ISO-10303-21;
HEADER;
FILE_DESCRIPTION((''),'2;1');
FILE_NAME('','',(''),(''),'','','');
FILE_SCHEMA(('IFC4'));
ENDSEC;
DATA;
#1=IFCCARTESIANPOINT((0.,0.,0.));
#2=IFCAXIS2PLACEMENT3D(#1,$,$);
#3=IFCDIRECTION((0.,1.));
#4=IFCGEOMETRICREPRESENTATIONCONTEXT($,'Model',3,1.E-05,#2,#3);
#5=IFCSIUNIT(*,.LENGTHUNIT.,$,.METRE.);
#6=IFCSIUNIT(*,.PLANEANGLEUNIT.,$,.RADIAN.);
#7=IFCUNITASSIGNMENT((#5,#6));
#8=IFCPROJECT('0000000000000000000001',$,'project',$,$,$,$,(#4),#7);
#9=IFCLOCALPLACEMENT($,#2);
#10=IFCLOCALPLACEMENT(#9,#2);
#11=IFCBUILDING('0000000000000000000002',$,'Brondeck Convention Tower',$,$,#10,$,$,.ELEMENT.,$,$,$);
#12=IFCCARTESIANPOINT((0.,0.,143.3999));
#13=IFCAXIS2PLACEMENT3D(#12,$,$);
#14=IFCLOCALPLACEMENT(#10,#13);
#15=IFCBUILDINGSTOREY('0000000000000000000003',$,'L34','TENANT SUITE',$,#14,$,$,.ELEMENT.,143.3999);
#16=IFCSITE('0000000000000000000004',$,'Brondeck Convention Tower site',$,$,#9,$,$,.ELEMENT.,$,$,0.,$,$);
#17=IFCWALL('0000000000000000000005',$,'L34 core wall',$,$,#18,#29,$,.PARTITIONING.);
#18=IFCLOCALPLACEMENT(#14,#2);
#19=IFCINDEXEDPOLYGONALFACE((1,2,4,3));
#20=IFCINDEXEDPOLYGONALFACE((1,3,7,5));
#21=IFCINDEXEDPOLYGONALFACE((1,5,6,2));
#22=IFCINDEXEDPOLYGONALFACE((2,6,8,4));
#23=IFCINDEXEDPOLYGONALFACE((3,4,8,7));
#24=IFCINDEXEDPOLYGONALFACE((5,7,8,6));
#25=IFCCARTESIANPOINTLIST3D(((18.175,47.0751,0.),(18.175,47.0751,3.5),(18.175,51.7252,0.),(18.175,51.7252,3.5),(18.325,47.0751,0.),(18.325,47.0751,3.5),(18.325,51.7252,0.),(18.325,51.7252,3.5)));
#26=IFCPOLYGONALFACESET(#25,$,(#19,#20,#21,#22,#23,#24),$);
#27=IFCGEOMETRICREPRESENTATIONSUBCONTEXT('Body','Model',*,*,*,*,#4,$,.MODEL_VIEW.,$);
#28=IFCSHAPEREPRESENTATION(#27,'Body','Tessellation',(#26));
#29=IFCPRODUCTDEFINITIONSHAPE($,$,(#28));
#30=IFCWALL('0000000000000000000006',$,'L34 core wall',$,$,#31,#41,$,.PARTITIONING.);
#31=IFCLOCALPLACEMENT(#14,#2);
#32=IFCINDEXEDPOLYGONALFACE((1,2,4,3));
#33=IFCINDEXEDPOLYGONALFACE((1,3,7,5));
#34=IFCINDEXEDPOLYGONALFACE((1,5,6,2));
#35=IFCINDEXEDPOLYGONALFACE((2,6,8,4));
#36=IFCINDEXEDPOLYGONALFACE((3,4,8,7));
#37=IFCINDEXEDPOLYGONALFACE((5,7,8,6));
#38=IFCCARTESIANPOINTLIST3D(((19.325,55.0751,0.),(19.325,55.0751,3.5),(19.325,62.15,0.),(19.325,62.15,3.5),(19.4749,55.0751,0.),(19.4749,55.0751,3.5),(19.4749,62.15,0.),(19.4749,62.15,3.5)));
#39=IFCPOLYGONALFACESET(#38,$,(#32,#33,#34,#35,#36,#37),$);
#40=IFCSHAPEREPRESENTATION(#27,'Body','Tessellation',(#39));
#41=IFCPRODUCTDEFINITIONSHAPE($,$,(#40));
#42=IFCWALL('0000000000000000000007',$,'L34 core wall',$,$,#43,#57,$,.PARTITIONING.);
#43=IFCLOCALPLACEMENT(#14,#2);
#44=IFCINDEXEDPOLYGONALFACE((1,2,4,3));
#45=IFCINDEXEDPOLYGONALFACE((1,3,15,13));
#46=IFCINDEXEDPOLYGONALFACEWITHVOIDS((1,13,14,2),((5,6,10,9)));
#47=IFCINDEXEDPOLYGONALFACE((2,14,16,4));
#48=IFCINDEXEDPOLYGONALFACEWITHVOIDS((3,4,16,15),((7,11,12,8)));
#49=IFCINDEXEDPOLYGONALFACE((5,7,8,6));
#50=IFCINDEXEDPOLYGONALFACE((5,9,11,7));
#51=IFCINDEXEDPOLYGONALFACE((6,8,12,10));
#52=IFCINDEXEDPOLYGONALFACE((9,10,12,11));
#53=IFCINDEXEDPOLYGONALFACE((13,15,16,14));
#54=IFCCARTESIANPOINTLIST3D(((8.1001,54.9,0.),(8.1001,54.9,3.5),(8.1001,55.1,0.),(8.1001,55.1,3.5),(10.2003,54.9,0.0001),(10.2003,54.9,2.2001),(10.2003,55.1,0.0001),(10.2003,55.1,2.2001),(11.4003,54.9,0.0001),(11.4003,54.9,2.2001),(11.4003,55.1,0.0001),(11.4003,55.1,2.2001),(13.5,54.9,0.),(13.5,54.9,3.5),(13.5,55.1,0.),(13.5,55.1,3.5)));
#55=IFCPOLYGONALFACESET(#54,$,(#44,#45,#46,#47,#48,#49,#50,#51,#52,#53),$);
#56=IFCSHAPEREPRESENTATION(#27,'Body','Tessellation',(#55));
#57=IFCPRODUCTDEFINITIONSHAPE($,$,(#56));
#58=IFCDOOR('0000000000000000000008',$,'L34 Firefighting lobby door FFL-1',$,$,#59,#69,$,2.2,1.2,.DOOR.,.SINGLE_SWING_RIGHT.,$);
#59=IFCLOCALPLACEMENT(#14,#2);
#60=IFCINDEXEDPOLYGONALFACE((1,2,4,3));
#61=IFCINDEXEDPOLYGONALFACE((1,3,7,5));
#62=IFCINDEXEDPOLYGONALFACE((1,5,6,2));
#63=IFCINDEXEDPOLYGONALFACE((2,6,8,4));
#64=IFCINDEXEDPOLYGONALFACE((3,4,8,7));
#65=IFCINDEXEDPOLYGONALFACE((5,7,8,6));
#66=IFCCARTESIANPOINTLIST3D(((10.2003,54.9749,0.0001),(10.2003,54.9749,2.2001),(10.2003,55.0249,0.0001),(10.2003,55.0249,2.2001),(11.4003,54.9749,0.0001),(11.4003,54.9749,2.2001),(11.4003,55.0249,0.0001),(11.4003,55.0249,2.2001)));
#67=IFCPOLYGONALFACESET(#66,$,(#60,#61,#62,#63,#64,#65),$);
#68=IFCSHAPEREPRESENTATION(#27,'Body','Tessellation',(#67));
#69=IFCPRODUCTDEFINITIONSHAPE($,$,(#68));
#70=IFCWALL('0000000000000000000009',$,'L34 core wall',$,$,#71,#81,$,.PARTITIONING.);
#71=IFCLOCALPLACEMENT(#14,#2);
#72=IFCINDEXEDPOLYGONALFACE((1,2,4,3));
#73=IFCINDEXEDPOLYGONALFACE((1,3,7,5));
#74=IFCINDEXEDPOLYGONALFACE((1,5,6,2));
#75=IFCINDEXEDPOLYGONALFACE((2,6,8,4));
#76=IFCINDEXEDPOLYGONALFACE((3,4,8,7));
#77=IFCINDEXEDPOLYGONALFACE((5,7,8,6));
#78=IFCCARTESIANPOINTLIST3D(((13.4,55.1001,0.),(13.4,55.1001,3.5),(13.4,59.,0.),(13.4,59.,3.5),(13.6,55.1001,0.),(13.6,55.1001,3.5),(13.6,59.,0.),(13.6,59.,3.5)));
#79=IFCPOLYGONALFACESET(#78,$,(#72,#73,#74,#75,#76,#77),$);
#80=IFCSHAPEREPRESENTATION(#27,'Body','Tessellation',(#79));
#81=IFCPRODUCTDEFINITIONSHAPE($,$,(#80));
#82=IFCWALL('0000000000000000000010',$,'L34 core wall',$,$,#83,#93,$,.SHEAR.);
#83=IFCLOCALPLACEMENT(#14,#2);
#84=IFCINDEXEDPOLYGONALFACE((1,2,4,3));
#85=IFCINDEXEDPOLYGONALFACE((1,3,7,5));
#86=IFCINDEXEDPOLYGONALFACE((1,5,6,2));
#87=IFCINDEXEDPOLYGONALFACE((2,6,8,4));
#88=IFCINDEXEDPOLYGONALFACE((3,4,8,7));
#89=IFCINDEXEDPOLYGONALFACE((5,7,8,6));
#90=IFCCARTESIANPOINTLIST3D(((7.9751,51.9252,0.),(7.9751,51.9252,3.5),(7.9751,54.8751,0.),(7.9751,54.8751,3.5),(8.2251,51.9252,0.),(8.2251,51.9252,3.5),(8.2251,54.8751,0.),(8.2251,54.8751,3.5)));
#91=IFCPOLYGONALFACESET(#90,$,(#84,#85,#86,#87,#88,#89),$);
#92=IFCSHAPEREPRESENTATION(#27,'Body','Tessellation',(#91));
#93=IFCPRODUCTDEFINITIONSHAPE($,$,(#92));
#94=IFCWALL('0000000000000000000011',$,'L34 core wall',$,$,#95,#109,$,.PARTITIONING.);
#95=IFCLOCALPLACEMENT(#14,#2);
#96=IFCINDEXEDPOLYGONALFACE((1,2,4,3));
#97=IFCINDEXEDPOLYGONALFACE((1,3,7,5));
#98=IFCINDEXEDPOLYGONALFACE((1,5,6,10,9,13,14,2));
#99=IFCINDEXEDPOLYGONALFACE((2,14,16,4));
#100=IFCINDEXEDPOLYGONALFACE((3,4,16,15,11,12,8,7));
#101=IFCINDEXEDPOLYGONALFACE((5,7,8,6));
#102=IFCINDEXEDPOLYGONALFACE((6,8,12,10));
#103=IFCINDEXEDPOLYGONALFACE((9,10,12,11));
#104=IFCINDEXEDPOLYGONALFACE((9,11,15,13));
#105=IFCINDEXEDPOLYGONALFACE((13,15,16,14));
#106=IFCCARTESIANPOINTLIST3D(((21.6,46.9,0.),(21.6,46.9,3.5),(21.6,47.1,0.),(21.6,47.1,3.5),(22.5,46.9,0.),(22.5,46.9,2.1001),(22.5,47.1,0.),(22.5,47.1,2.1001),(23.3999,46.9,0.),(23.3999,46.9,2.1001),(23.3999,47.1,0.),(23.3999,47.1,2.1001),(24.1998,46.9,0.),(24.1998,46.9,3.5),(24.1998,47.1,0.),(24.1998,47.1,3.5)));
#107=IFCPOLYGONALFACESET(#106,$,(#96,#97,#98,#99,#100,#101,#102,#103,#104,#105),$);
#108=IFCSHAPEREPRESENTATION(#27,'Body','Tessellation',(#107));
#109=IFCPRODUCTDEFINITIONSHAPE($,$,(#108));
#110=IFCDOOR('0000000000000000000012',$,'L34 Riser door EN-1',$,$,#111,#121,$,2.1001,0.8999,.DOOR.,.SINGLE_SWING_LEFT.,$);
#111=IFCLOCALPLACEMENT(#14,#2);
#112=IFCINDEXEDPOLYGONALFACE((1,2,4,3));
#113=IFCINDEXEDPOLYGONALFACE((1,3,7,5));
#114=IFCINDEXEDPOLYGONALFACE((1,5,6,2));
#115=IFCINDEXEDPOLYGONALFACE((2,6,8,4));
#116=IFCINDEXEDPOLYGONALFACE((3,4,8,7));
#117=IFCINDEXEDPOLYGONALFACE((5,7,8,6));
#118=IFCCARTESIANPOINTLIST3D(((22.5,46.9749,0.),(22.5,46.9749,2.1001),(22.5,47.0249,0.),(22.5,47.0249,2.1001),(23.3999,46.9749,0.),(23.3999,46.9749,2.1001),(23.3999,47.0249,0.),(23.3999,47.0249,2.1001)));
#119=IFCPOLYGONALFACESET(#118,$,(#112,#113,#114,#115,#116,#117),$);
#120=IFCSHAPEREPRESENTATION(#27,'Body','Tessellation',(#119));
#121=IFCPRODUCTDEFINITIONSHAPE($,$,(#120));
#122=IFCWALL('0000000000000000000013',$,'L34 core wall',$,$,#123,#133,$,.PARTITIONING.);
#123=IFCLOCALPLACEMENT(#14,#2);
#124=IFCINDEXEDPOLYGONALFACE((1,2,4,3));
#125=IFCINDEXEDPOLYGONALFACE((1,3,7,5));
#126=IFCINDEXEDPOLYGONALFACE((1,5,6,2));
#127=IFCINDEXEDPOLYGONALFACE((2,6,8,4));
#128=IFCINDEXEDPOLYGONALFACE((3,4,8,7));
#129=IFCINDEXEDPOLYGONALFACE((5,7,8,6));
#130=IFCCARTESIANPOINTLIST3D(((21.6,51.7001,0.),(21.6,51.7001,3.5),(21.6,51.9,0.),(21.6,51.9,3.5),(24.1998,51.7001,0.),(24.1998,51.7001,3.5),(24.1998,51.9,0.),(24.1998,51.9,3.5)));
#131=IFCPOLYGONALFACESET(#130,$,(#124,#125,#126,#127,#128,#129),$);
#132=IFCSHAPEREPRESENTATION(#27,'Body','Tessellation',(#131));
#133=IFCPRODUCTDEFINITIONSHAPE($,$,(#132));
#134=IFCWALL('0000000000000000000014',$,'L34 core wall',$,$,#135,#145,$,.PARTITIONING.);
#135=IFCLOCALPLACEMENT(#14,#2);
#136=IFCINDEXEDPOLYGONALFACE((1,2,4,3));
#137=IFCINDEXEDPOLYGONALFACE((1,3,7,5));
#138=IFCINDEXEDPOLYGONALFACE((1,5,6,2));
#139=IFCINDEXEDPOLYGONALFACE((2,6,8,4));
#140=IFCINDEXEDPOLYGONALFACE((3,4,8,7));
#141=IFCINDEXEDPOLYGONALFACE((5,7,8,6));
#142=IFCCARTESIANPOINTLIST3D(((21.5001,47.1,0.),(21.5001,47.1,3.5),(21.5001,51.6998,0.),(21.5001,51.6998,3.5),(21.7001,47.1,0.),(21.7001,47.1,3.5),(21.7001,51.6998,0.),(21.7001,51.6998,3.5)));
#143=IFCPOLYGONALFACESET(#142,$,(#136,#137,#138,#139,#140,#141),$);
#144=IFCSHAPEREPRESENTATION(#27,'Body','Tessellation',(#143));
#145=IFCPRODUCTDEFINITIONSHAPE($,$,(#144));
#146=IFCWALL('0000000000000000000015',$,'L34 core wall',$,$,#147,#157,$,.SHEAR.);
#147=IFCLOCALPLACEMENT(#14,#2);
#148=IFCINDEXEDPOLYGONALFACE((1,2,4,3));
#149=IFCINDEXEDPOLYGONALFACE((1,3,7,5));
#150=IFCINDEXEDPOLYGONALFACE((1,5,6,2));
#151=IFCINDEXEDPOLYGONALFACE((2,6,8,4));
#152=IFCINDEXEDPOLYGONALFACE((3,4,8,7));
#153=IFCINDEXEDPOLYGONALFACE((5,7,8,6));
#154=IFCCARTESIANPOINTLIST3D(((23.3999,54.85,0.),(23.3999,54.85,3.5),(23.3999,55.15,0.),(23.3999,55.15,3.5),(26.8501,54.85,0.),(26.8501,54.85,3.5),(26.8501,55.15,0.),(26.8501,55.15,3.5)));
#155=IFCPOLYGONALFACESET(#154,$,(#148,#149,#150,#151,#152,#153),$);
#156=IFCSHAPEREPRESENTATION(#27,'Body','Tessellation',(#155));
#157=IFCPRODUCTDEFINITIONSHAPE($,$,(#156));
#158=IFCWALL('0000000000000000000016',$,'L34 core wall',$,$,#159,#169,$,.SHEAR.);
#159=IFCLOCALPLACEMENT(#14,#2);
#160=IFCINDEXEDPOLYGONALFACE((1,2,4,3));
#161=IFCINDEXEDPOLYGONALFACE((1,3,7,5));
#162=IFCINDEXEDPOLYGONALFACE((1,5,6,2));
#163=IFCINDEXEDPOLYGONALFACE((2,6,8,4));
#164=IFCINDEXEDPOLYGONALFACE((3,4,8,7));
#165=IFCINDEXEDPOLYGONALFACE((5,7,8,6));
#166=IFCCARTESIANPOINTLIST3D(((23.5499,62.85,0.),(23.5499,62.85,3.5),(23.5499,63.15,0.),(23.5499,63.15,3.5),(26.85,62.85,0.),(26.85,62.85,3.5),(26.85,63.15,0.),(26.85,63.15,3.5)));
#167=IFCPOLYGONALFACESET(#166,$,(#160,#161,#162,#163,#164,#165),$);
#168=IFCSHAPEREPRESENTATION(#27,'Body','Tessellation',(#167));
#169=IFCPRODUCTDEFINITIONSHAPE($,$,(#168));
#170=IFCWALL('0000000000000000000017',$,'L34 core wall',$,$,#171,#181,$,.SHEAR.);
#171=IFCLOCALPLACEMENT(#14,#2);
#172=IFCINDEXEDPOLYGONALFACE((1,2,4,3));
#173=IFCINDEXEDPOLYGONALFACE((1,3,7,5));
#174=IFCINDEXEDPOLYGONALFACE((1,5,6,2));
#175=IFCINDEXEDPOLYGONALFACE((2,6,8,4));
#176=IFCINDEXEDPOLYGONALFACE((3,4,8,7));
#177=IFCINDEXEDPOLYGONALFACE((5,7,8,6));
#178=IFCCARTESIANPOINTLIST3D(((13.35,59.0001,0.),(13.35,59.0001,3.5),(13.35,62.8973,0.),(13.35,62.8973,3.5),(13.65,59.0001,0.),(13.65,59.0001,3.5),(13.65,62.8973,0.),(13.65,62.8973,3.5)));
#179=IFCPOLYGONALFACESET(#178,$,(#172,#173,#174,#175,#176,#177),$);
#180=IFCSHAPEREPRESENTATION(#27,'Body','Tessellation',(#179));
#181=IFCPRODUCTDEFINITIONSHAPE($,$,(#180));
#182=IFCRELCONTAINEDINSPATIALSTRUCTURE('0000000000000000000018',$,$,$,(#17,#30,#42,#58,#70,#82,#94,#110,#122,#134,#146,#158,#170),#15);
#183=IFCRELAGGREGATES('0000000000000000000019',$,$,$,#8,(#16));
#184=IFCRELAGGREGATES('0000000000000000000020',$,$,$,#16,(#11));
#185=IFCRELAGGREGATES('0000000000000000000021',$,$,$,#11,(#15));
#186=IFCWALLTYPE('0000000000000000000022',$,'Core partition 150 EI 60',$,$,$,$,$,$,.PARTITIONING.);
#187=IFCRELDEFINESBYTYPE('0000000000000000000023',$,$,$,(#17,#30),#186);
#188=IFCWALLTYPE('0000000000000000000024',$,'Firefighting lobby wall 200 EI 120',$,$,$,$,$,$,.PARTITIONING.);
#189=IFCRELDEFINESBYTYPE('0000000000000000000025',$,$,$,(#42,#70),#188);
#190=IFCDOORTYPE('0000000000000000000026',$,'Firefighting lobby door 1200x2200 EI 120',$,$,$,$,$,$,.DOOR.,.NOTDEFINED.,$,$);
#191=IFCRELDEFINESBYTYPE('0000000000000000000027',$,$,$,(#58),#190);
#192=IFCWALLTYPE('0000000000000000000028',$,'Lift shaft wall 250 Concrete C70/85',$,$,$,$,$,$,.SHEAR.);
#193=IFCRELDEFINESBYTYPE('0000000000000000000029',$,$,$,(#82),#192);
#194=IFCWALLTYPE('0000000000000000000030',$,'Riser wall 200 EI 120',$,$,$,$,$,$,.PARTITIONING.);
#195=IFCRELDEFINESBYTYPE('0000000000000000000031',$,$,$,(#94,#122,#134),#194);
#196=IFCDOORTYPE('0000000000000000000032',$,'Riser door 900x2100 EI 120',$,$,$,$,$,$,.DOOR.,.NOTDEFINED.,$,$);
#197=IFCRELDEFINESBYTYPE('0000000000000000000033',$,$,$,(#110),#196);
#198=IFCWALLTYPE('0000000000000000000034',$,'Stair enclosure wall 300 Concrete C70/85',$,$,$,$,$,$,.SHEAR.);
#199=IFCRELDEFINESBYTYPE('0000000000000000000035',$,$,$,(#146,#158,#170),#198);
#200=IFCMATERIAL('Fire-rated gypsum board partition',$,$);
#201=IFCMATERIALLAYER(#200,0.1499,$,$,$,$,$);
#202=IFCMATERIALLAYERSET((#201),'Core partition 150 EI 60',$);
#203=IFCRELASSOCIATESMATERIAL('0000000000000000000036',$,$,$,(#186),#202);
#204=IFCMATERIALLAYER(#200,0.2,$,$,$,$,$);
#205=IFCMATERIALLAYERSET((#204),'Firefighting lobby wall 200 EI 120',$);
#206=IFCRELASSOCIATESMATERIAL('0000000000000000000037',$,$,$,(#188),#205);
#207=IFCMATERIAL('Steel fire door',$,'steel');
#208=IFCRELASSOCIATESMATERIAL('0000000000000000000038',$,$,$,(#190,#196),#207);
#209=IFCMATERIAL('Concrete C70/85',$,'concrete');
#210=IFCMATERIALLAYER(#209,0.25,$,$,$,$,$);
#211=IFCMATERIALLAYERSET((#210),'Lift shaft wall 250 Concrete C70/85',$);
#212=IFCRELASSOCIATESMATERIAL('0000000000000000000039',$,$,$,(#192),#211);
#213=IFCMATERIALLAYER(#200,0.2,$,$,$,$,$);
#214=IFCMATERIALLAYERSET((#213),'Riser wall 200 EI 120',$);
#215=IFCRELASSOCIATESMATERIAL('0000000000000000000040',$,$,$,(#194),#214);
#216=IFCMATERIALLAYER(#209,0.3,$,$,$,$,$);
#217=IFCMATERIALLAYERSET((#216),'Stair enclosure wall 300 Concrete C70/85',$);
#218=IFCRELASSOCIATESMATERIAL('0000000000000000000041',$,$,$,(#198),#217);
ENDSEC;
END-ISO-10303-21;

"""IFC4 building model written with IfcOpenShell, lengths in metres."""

from ifc_helpers import new_model, si_unit, direction, frame, frame_2d, origin, place, context, subcontext, project, spatial, rectangle, extrude, material, layer, layer_set, type_object, element, fill, save


model = new_model("IFC4")

# Units and contexts
model_context = context("Model", 3, precision=1e-05, world=origin(), true_north=direction((0.0, 1.0)))
body_context = subcontext(model_context, "Body", "Model", "MODEL_VIEW")
ifc_project = project(units=[si_unit("LENGTHUNIT", "METRE"), si_unit("PLANEANGLEUNIT", "RADIAN")], contexts=[model_context])

# Site, building, storey
site_placement = place(None, origin())
site = spatial("IfcSite", under=ifc_project, at=site_placement, Name="Brondeck Convention Tower site", CompositionType="ELEMENT", RefElevation=0.0)
building_placement = place(site_placement, origin())
building = spatial("IfcBuilding", under=site, at=building_placement, Name="Brondeck Convention Tower", CompositionType="ELEMENT")
storey_placement = place(building_placement, frame((0.0, 0.0, 143.3999)))
storey = spatial("IfcBuildingStorey", under=building, at=storey_placement, Name="L34", Description="TENANT SUITE", CompositionType="ELEMENT", Elevation=143.3999)

# Shared definitions
ifc_material_1 = material(Name="Concrete C70/85", Category="concrete")

# Shared definitions
ifc_material_2 = material(Name="Fire-rated gypsum board partition")
ifc_layer_1 = layer(ifc_material_2, 0.1499)
ifc_layer_set_1 = layer_set([ifc_layer_1], Name="Core partition 150 EI 60")
wall_type_1 = type_object("IfcWallType", Name="Core partition 150 EI 60", PredefinedType="PARTITIONING", material=ifc_layer_set_1)

# Shared definitions
ifc_material_3 = material(Name="Steel fire door", Category="steel")

# Walls
wall_1_placement = place(storey_placement, frame((18.25, 47.075, 0.0), z_axis=(0.0, 0.0, 1.0), x_axis=(0.0, 1.0, 0.0)))
element("IfcWall", 1, at=wall_1_placement, inside=storey, type_object=wall_type_1, Name="L34 core wall", PredefinedType="PARTITIONING", context=body_context, shape_type="SweptSolid", body=[
    extrude(rectangle(XDim=4.6501, YDim=0.1499, at=frame_2d((2.3252, 0.0))), origin(), (0.0, 0.0, 1.0), 3.5),
])
wall_2_placement = place(storey_placement, frame((19.3999, 55.075, 0.0), z_axis=(0.0, 0.0, 1.0), x_axis=(0.0, 1.0, 0.0)))
element("IfcWall", 2, at=wall_2_placement, inside=storey, type_object=wall_type_1, Name="L34 core wall", PredefinedType="PARTITIONING", context=body_context, shape_type="SweptSolid", body=[
    extrude(rectangle(XDim=7.075, YDim=0.1499, at=frame_2d((3.5376, 0.0))), origin(), (0.0, 0.0, 1.0), 3.5),
])

# Wall, opening, door
ifc_layer_2 = layer(ifc_material_2, 0.2)
ifc_layer_set_2 = layer_set([ifc_layer_2], Name="Firefighting lobby wall 200 EI 120")
wall_type_2 = type_object("IfcWallType", Name="Firefighting lobby wall 200 EI 120", PredefinedType="PARTITIONING", material=ifc_layer_set_2)
wall_3_placement = place(storey_placement, frame((8.1001, 55.0, 0.0), z_axis=(0.0, 0.0, 1.0), x_axis=(1.0, 0.0, 0.0)))
wall_3 = element("IfcWall", 3, at=wall_3_placement, inside=storey, type_object=wall_type_2, Name="L34 core wall", PredefinedType="PARTITIONING", context=body_context, shape_type="SweptSolid", body=[
    extrude(rectangle(XDim=5.3999, YDim=0.2, at=frame_2d((2.7, 0.0))), origin(), (0.0, 0.0, 1.0), 3.5),
])
opening_1_placement = place(wall_3_placement, frame((2.1001, 0.0, 0.0)))
opening_1 = element("IfcOpeningElement", 4, at=opening_1_placement, cuts=wall_3, PredefinedType="OPENING", context=body_context, shape_type="SweptSolid", body=[
    extrude(rectangle(XDim=1.2, YDim=2.2, at=frame_2d((0.6001, 1.1001))), frame((0.0, 0.1099, 0.0), z_axis=(0.0, -1.0, 0.0), x_axis=(1.0, 0.0, 0.0)), (0.0, 0.0, 1.0), 0.22),
])
door_type_1 = type_object("IfcDoorType", Name="Firefighting lobby door 1200x2200 EI 120", OperationType="NOTDEFINED", PredefinedType="DOOR", material=ifc_material_3)
door_1_placement = place(opening_1_placement, origin())
door_1 = element("IfcDoor", 5, at=door_1_placement, inside=storey, type_object=door_type_1, Name="L34 Firefighting lobby door FFL-1", OperationType="SINGLE_SWING_RIGHT", OverallHeight=2.2, OverallWidth=1.2, PredefinedType="DOOR", context=body_context, shape_type="SweptSolid", body=[
    extrude(rectangle(XDim=1.2, YDim=2.2, at=frame_2d((0.6001, 1.1001))), frame((0.0, 0.0249, 0.0), z_axis=(0.0, -1.0, 0.0), x_axis=(1.0, 0.0, 0.0)), (0.0, 0.0, 1.0), 0.05),
])
fill(opening_1, door_1)

# Walls
wall_4_placement = place(storey_placement, frame((13.5, 55.1001, 0.0), z_axis=(0.0, 0.0, 1.0), x_axis=(0.0, 1.0, 0.0)))
element("IfcWall", 6, at=wall_4_placement, inside=storey, type_object=wall_type_2, Name="L34 core wall", PredefinedType="PARTITIONING", context=body_context, shape_type="SweptSolid", body=[
    extrude(rectangle(XDim=3.8999, YDim=0.2, at=frame_2d((1.95, 0.0))), origin(), (0.0, 0.0, 1.0), 3.5),
])
ifc_layer_3 = layer(ifc_material_1, 0.25)
ifc_layer_set_3 = layer_set([ifc_layer_3], Name="Lift shaft wall 250 Concrete C70/85")
wall_type_3 = type_object("IfcWallType", Name="Lift shaft wall 250 Concrete C70/85", PredefinedType="SHEAR", material=ifc_layer_set_3)
wall_5_placement = place(storey_placement, frame((8.1001, 51.925, 0.0), z_axis=(0.0, 0.0, 1.0), x_axis=(0.0, 1.0, 0.0)))
element("IfcWall", 7, at=wall_5_placement, inside=storey, type_object=wall_type_3, Name="L34 core wall", PredefinedType="SHEAR", context=body_context, shape_type="SweptSolid", body=[
    extrude(rectangle(XDim=2.95, YDim=0.25, at=frame_2d((1.4751, 0.0))), origin(), (0.0, 0.0, 1.0), 3.5),
])

# Wall, opening, door
ifc_layer_4 = layer(ifc_material_2, 0.2)
ifc_layer_set_4 = layer_set([ifc_layer_4], Name="Riser wall 200 EI 120")
wall_type_4 = type_object("IfcWallType", Name="Riser wall 200 EI 120", PredefinedType="PARTITIONING", material=ifc_layer_set_4)
wall_6_placement = place(storey_placement, frame((21.6001, 47.0, 0.0), z_axis=(0.0, 0.0, 1.0), x_axis=(1.0, 0.0, 0.0)))
wall_6 = element("IfcWall", 8, at=wall_6_placement, inside=storey, type_object=wall_type_4, Name="L34 core wall", PredefinedType="PARTITIONING", context=body_context, shape_type="SweptSolid", body=[
    extrude(rectangle(XDim=2.5999, YDim=0.2, at=frame_2d((1.2998, 0.0))), origin(), (0.0, 0.0, 1.0), 3.5),
])
opening_2_placement = place(wall_6_placement, frame((0.8999, 0.0, 0.0)))
opening_2 = element("IfcOpeningElement", 9, at=opening_2_placement, cuts=wall_6, PredefinedType="OPENING", context=body_context, shape_type="SweptSolid", body=[
    extrude(rectangle(XDim=0.8999, YDim=2.1001, at=frame_2d((0.45, 1.05))), frame((0.0, 0.1099, 0.0), z_axis=(0.0, -1.0, 0.0), x_axis=(1.0, 0.0, 0.0)), (0.0, 0.0, 1.0), 0.22),
])
door_type_2 = type_object("IfcDoorType", Name="Riser door 900x2100 EI 120", OperationType="NOTDEFINED", PredefinedType="DOOR", material=ifc_material_3)
door_2_placement = place(opening_2_placement, origin())
door_2 = element("IfcDoor", 10, at=door_2_placement, inside=storey, type_object=door_type_2, Name="L34 Riser door EN-1", OperationType="SINGLE_SWING_LEFT", OverallHeight=2.1001, OverallWidth=0.8999, PredefinedType="DOOR", context=body_context, shape_type="SweptSolid", body=[
    extrude(rectangle(XDim=0.8999, YDim=2.1001, at=frame_2d((0.45, 1.05))), frame((0.0, 0.0249, 0.0), z_axis=(0.0, -1.0, 0.0), x_axis=(1.0, 0.0, 0.0)), (0.0, 0.0, 1.0), 0.05),
])
fill(opening_2, door_2)

# Walls
wall_7_placement = place(storey_placement, frame((21.6001, 51.8, 0.0), z_axis=(0.0, 0.0, 1.0), x_axis=(1.0, 0.0, 0.0)))
element("IfcWall", 11, at=wall_7_placement, inside=storey, type_object=wall_type_4, Name="L34 core wall", PredefinedType="PARTITIONING", context=body_context, shape_type="SweptSolid", body=[
    extrude(rectangle(XDim=2.5999, YDim=0.2, at=frame_2d((1.2998, 0.0))), origin(), (0.0, 0.0, 1.0), 3.5),
])
wall_8_placement = place(storey_placement, frame((21.6001, 47.1001, 0.0), z_axis=(0.0, 0.0, 1.0), x_axis=(0.0, 1.0, 0.0)))
element("IfcWall", 12, at=wall_8_placement, inside=storey, type_object=wall_type_4, Name="L34 core wall", PredefinedType="PARTITIONING", context=body_context, shape_type="SweptSolid", body=[
    extrude(rectangle(XDim=4.5999, YDim=0.2, at=frame_2d((2.2998, 0.0))), origin(), (0.0, 0.0, 1.0), 3.5),
])
ifc_layer_5 = layer(ifc_material_1, 0.3)
ifc_layer_set_5 = layer_set([ifc_layer_5], Name="Stair enclosure wall 300 Concrete C70/85")
wall_type_5 = type_object("IfcWallType", Name="Stair enclosure wall 300 Concrete C70/85", PredefinedType="SHEAR", material=ifc_layer_set_5)
wall_9_placement = place(storey_placement, frame((23.3999, 55.0, 0.0), z_axis=(0.0, 0.0, 1.0), x_axis=(1.0, 0.0, 0.0)))
element("IfcWall", 13, at=wall_9_placement, inside=storey, type_object=wall_type_5, Name="L34 core wall", PredefinedType="SHEAR", context=body_context, shape_type="SweptSolid", body=[
    extrude(rectangle(XDim=3.4502, YDim=0.3, at=frame_2d((1.7251, 0.0))), origin(), (0.0, 0.0, 1.0), 3.5),
])
wall_10_placement = place(storey_placement, frame((23.55, 63.0, 0.0), z_axis=(0.0, 0.0, 1.0), x_axis=(1.0, 0.0, 0.0)))
element("IfcWall", 14, at=wall_10_placement, inside=storey, type_object=wall_type_5, Name="L34 core wall", PredefinedType="SHEAR", context=body_context, shape_type="SweptSolid", body=[
    extrude(rectangle(XDim=3.3, YDim=0.3, at=frame_2d((1.6499, 0.0))), origin(), (0.0, 0.0, 1.0), 3.5),
])
wall_11_placement = place(storey_placement, frame((13.5, 59.0, 0.0), z_axis=(0.0, 0.0, 1.0), x_axis=(0.0, 1.0, 0.0)))
element("IfcWall", 15, at=wall_11_placement, inside=storey, type_object=wall_type_5, Name="L34 core wall", PredefinedType="SHEAR", context=body_context, shape_type="SweptSolid", body=[
    extrude(rectangle(XDim=3.8972, YDim=0.3, at=frame_2d((1.9487, 0.0))), origin(), (0.0, 0.0, 1.0), 3.5),
])

save(model, "model.ifc")
